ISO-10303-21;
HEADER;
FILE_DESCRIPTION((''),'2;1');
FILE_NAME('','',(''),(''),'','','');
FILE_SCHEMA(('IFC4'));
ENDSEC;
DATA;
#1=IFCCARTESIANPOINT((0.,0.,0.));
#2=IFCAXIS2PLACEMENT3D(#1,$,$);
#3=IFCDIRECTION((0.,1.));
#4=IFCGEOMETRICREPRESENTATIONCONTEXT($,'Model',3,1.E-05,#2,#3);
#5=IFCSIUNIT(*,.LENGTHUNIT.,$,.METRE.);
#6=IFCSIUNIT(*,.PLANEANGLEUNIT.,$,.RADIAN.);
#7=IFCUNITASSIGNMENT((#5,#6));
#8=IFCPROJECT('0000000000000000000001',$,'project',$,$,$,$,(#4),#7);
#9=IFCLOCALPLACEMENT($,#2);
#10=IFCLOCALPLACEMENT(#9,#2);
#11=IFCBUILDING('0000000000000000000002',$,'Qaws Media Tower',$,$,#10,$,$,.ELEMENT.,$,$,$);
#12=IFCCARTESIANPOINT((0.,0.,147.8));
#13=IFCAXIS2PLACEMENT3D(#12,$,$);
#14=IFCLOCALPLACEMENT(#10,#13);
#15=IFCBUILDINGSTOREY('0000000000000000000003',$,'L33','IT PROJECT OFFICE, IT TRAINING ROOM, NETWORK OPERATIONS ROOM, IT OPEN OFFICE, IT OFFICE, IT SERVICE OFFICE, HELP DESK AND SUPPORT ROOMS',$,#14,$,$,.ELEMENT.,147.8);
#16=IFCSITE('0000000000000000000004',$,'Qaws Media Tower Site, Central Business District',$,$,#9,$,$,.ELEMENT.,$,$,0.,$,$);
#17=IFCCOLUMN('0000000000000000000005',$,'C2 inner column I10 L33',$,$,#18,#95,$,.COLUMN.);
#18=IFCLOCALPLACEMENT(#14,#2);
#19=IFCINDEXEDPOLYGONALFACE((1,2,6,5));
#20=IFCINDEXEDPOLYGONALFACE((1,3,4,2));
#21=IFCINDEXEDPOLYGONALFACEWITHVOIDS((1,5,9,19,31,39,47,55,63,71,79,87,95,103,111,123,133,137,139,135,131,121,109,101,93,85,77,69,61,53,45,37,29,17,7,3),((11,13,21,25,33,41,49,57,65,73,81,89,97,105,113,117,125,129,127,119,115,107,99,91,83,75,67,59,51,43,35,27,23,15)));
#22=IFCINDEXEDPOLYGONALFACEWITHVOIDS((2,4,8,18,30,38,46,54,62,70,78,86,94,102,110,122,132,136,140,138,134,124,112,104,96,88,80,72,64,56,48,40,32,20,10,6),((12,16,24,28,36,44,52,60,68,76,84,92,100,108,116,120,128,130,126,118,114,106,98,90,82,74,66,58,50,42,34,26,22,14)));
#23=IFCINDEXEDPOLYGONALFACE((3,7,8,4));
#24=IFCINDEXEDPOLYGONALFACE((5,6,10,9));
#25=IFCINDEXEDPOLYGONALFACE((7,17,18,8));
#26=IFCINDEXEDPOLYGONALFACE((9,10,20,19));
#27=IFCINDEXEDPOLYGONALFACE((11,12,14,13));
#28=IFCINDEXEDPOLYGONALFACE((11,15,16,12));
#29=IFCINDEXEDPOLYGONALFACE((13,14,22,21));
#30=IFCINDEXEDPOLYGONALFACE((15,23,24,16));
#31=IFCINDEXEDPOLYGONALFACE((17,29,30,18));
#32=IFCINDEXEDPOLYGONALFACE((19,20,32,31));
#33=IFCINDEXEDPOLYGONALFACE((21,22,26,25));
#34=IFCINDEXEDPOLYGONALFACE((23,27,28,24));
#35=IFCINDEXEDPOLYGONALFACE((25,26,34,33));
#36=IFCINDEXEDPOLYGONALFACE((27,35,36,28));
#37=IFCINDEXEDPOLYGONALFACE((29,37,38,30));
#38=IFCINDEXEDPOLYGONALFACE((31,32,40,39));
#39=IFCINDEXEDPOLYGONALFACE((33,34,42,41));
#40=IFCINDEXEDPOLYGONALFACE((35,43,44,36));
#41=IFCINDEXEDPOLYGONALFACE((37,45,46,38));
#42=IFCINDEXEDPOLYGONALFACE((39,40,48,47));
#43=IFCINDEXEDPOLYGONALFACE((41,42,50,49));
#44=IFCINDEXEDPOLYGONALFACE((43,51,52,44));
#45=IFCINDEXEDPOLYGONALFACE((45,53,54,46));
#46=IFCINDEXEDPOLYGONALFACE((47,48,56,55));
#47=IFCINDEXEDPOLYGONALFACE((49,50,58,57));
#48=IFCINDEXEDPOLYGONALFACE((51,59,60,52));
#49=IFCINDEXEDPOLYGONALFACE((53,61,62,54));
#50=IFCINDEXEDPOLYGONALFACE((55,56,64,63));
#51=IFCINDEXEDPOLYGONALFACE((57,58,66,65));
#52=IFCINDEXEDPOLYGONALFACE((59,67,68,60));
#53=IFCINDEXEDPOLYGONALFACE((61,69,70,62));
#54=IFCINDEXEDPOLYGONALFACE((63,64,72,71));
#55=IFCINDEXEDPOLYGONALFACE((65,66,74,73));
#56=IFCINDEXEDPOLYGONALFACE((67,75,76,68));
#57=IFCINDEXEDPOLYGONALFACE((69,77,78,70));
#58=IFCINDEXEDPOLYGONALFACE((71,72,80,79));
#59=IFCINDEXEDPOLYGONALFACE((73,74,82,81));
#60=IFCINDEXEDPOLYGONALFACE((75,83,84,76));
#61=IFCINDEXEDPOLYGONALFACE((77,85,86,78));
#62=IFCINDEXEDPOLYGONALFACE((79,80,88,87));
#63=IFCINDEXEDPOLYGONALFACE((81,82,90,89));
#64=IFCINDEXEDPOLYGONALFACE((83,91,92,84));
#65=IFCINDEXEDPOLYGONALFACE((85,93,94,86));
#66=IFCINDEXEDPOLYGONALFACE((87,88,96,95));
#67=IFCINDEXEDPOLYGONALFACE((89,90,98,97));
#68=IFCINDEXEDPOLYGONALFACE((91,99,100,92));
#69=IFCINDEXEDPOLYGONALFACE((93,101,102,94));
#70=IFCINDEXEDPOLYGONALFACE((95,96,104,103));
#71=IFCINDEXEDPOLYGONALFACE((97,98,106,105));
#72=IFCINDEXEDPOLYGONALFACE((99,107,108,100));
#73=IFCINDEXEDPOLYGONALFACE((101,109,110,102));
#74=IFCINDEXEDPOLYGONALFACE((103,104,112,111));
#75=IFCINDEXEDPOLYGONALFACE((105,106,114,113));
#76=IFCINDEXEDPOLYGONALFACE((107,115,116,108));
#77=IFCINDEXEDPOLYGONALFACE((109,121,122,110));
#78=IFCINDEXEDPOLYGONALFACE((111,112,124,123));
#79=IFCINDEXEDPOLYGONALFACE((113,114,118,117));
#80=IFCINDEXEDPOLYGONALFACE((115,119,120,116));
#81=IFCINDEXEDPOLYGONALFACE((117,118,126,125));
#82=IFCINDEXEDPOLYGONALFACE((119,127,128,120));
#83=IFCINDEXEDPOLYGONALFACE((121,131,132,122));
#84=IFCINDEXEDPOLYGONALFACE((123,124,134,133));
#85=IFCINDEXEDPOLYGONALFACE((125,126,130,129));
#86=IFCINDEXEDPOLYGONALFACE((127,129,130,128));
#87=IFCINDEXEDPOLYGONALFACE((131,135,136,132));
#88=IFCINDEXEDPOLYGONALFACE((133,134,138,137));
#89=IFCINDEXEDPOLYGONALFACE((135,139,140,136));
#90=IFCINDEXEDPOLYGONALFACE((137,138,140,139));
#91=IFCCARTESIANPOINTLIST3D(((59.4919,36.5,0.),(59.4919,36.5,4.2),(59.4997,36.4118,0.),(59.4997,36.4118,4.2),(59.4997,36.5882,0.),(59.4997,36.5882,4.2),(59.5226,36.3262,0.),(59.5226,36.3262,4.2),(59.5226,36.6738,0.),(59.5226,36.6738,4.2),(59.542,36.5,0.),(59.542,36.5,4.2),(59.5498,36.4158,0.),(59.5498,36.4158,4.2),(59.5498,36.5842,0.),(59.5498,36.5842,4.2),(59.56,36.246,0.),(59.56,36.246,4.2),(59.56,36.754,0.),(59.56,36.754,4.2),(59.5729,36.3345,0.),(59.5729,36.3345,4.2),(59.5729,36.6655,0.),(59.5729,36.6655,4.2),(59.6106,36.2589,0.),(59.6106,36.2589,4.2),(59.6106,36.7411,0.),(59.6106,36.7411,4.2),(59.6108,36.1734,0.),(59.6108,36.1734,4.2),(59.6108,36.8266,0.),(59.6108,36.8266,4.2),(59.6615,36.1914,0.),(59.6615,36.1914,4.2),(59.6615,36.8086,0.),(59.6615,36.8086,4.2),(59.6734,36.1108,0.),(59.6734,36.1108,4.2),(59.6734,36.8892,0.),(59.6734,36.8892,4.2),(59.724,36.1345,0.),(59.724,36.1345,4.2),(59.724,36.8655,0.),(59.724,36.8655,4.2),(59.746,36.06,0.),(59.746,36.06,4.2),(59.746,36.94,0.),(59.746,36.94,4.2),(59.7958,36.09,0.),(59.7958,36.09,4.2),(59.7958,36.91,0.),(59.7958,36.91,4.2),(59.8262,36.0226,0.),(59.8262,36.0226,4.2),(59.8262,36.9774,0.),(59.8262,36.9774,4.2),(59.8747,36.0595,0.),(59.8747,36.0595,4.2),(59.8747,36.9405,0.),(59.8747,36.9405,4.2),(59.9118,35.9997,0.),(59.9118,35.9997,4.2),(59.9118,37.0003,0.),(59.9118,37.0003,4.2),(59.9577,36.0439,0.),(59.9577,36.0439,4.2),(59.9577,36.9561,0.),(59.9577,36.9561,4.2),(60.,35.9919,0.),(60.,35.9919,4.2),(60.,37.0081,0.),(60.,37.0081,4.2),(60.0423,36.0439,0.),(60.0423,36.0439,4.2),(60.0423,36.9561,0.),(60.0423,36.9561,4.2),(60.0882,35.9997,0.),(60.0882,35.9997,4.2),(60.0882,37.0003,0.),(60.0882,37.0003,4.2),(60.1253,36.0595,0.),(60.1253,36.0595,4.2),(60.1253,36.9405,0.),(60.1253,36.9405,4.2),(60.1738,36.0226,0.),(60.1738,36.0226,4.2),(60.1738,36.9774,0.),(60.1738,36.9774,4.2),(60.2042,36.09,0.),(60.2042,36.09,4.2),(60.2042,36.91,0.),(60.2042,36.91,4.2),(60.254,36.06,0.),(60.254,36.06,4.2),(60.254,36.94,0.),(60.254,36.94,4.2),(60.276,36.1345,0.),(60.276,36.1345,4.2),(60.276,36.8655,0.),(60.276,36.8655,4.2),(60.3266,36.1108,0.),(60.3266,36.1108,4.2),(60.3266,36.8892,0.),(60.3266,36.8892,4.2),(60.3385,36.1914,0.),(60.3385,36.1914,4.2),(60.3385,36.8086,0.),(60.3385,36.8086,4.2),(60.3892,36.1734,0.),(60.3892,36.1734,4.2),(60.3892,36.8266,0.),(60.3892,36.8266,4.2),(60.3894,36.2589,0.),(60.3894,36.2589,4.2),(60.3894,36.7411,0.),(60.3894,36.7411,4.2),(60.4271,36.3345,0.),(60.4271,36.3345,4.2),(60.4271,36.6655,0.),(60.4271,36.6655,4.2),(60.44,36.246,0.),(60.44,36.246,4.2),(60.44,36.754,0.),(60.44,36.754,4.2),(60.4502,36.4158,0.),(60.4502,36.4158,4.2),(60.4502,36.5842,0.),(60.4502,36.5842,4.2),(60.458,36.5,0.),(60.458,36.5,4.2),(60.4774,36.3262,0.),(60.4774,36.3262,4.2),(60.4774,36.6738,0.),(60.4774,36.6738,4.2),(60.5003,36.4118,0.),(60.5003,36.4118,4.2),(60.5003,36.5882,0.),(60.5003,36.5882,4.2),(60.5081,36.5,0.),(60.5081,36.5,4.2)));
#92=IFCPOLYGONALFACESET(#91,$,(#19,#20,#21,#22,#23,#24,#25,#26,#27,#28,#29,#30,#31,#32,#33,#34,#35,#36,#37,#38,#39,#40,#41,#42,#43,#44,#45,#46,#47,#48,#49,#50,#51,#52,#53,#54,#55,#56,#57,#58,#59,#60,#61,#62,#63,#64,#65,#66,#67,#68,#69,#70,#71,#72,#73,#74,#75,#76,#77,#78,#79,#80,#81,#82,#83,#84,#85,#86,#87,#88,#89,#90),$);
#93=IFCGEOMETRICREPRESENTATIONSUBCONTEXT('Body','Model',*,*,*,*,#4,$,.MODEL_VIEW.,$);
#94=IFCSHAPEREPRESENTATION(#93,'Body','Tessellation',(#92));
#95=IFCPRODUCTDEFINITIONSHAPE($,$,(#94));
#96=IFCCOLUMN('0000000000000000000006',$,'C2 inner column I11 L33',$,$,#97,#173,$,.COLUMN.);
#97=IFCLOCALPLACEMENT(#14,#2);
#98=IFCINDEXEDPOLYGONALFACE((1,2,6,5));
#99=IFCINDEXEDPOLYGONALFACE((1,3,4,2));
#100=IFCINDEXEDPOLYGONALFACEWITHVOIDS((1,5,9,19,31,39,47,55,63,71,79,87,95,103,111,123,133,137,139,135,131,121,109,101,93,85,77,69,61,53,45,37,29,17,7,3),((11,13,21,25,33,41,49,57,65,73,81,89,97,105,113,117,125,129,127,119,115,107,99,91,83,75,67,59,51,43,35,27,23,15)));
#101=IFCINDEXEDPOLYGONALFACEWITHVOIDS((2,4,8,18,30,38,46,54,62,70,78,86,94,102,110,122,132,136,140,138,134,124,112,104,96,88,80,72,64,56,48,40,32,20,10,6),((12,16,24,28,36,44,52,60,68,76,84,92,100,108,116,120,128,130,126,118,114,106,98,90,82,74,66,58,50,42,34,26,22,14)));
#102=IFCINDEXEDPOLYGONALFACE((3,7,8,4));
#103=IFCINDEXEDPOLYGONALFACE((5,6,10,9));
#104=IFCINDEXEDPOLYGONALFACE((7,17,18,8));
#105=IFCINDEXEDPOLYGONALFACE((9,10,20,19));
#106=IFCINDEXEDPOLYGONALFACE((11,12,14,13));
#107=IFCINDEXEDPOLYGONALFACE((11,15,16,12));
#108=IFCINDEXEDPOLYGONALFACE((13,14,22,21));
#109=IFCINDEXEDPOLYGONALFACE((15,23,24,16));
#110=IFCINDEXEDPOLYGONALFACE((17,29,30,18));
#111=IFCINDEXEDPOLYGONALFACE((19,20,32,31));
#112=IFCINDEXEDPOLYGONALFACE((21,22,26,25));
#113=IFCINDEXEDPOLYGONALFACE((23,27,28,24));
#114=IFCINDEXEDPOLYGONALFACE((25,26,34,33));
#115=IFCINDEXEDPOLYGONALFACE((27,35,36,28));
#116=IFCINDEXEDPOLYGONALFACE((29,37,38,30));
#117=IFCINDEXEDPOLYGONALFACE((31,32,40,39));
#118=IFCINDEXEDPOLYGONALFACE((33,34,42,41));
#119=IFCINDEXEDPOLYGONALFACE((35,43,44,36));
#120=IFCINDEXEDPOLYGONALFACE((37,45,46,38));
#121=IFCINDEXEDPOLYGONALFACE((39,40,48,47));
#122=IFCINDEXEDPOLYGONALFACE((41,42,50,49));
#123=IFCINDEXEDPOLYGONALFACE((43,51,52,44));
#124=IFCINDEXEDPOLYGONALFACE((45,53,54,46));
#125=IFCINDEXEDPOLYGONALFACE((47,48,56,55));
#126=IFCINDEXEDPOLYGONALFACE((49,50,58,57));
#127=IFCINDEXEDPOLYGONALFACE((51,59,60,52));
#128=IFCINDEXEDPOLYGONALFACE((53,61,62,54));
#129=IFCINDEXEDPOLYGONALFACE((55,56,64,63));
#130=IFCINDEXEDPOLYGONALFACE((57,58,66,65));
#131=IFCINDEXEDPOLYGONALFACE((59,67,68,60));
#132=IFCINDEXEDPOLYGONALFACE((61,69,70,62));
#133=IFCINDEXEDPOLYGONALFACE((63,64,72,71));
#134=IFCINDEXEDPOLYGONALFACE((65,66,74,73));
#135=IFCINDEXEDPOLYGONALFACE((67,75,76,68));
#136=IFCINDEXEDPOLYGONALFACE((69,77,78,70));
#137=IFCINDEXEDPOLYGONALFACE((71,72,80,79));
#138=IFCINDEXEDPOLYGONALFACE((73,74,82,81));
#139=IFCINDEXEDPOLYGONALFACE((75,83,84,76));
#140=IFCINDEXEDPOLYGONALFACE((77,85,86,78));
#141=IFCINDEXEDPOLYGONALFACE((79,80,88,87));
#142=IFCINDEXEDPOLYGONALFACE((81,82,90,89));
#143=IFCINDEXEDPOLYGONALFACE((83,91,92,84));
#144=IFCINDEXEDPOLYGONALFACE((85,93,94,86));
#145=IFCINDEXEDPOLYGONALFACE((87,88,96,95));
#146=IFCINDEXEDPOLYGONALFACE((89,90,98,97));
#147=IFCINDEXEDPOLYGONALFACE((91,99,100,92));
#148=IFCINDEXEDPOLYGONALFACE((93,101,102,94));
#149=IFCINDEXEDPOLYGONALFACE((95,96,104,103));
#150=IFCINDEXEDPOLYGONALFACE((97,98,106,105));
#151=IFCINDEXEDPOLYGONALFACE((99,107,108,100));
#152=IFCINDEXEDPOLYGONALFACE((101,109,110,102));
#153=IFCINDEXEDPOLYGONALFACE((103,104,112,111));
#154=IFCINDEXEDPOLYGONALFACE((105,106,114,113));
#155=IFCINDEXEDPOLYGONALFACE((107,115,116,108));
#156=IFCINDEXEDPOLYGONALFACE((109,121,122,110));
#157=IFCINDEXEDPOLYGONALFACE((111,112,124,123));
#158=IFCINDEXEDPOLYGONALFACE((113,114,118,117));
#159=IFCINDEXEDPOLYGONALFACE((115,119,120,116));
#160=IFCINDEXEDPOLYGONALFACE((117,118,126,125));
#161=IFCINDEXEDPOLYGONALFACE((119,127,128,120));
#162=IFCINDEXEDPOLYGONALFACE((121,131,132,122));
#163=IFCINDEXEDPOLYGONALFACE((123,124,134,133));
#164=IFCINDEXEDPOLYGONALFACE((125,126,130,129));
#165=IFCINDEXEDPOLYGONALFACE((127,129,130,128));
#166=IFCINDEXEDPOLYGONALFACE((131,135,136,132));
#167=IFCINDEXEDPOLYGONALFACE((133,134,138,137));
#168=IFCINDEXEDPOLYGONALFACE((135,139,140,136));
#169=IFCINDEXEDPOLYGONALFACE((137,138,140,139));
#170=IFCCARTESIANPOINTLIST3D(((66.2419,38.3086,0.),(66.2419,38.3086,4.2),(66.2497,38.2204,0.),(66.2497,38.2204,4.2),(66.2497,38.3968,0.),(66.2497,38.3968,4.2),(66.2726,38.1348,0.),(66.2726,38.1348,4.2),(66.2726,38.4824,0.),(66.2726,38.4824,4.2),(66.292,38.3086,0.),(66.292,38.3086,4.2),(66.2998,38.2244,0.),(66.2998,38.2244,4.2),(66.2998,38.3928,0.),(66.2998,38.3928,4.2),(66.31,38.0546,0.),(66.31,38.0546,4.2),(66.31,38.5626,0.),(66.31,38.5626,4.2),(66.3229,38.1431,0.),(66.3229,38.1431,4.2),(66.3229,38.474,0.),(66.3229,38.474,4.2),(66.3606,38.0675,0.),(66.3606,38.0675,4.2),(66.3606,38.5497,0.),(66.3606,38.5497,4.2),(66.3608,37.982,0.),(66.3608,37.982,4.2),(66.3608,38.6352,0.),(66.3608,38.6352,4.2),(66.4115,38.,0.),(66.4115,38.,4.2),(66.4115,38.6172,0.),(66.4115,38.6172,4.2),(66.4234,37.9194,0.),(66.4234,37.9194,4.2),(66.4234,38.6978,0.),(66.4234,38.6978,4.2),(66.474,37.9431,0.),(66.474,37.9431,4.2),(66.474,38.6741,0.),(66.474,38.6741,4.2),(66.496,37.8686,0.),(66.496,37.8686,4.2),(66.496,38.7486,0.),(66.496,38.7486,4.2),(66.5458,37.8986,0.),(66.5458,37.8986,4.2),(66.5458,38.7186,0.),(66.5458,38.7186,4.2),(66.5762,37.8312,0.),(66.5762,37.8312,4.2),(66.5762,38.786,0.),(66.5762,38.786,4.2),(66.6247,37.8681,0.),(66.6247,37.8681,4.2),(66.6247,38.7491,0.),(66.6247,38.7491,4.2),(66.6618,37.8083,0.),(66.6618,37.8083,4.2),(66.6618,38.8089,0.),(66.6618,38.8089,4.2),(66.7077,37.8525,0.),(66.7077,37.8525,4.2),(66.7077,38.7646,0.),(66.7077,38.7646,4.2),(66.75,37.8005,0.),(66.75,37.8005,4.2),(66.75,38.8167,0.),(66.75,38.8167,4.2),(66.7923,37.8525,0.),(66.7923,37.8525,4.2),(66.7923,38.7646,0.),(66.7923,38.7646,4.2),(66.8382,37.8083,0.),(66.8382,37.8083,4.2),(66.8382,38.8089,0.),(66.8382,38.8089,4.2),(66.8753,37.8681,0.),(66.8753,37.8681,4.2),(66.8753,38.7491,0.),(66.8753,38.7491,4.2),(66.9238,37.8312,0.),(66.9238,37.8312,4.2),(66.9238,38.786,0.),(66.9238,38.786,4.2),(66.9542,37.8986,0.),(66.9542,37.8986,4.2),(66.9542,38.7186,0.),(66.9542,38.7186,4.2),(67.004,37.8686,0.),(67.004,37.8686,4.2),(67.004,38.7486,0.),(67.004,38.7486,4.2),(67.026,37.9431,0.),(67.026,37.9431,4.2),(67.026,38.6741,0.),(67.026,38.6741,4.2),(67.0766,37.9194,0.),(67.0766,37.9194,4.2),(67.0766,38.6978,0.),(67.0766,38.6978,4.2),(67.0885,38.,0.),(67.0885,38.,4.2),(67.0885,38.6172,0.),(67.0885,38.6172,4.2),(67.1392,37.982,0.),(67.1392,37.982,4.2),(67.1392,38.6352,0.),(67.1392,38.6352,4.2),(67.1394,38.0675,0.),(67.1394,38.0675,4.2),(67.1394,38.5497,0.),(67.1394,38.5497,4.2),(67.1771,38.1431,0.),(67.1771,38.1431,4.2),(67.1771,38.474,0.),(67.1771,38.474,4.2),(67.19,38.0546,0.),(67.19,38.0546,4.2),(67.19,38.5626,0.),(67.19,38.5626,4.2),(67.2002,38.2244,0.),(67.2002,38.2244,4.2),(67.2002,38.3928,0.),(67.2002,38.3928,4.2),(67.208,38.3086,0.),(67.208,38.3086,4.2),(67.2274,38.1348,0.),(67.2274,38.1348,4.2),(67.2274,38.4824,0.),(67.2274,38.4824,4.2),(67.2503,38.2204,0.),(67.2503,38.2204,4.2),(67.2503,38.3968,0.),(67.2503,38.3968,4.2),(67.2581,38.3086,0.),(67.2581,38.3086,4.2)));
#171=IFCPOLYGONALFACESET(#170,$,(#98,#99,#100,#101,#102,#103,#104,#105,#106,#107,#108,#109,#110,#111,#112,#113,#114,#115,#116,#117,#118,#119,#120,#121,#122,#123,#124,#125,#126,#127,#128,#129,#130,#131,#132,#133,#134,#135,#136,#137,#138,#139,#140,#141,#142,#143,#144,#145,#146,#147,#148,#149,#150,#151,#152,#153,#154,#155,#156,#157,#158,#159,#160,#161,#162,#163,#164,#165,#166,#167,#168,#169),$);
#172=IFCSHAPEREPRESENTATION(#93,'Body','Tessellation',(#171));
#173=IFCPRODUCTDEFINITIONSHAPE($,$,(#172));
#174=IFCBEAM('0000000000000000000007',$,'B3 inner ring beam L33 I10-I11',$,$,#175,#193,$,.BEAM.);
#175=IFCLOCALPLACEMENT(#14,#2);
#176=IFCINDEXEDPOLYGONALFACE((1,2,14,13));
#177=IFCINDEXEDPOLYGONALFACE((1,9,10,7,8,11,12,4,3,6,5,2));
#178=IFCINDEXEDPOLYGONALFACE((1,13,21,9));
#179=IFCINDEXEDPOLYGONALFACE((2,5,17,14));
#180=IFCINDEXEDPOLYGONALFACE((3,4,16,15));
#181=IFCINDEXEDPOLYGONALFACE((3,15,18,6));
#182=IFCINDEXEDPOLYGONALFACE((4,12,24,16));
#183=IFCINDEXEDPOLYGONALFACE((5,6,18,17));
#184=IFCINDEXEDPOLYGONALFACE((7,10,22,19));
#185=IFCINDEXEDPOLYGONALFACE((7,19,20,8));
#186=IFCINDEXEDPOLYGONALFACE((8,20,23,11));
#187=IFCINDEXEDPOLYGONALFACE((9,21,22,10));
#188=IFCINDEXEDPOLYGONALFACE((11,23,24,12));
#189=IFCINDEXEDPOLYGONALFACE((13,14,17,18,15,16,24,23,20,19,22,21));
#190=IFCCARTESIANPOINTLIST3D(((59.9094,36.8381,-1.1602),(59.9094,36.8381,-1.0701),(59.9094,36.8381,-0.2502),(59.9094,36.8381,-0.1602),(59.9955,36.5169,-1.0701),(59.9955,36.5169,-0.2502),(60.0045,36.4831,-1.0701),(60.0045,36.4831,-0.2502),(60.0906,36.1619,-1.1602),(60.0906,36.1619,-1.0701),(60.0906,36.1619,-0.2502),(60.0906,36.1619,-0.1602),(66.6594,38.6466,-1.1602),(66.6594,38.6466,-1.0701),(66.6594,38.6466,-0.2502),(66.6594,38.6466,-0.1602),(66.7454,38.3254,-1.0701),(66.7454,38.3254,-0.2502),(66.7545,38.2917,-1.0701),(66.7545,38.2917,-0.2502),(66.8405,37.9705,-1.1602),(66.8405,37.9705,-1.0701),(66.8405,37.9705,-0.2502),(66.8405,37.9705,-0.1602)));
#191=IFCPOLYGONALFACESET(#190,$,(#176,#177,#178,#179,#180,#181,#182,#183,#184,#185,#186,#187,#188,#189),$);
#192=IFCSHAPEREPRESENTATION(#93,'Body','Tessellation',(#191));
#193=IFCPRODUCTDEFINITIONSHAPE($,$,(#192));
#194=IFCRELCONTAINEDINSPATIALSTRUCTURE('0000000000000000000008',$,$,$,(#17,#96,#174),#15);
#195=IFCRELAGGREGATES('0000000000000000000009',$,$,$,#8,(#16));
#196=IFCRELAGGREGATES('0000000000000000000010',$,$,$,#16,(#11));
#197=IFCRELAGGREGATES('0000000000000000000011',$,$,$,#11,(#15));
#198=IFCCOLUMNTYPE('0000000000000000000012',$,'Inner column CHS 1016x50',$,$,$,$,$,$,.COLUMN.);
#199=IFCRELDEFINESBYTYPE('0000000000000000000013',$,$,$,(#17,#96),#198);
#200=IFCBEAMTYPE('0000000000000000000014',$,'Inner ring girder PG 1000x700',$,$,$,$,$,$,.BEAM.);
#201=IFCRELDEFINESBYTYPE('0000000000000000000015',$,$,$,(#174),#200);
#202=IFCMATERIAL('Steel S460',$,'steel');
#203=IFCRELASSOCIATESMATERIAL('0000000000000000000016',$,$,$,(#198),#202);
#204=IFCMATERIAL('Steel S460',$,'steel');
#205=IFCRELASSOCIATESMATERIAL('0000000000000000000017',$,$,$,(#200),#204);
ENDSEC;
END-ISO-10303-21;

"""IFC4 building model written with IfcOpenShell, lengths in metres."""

from ifc_helpers import new_model, si_unit, direction, frame, origin, origin_2d, place, context, subcontext, project, spatial, hollow_circle, i_section, extrude, material, material_profile, profile_set, type_object, element, save


model = new_model("IFC4")

# Units and contexts
model_context = context("Model", 3, precision=1e-05, world=origin(), true_north=direction((0.0, 1.0)))
body_context = subcontext(model_context, "Body", "Model", "MODEL_VIEW")
ifc_project = project(units=[si_unit("LENGTHUNIT", "METRE"), si_unit("PLANEANGLEUNIT", "RADIAN")], contexts=[model_context])

# Site, building, storey
site_placement = place(None, origin())
site = spatial("IfcSite", under=ifc_project, at=site_placement, Name="Qaws Media Tower Site, Central Business District", CompositionType="ELEMENT", RefElevation=0.0)
building_placement = place(site_placement, origin())
building = spatial("IfcBuilding", under=site, at=building_placement, Name="Qaws Media Tower", CompositionType="ELEMENT")
storey_placement = place(building_placement, frame((0.0, 0.0, 147.8)))
storey = spatial("IfcBuildingStorey", under=building, at=storey_placement, Name="L33", Description="IT PROJECT OFFICE, IT TRAINING ROOM, NETWORK OPERATIONS ROOM, IT OPEN OFFICE, IT OFFICE, IT SERVICE OFFICE, HELP DESK AND SUPPORT ROOMS", CompositionType="ELEMENT", Elevation=147.8)

# Columns
ifc_material_1 = material(Name="Steel S460", Category="steel")
ifc_material_profile_1 = material_profile(ifc_material_1, hollow_circle(Radius=0.5081, WallThickness=0.05, at=origin_2d()), Name="CHS 1016x50")
ifc_profile_set_1 = profile_set([ifc_material_profile_1], Name="Steel S460")
column_type = type_object("IfcColumnType", Name="Inner column CHS 1016x50", PredefinedType="COLUMN", material=ifc_profile_set_1)
for number, where, z_axis, x_axis, name in (
    (1, (60.0, 36.5, 0.0), (0.0, 0.0, 1.0), (1.0, 0.0, 0.0), "C2 inner column I10 L33"),
    (2, (66.75, 38.3086, 0.0), (0.0, 0.0, 1.0), (1.0, 0.0, 0.0), "C2 inner column I11 L33"),
):
    element("IfcColumn", number, at=place(storey_placement, frame(where, z_axis=z_axis, x_axis=x_axis)), inside=storey, type_object=column_type, Name=name, PredefinedType="COLUMN", context=body_context, shape_type="SweptSolid", body=[
        extrude(hollow_circle(Radius=0.5081, WallThickness=0.05, at=origin_2d()), origin(), (0.0, 0.0, 1.0), 4.2),
    ])

# Beam
ifc_material_2 = material(Name="Steel S460", Category="steel")
ifc_material_profile_2 = material_profile(ifc_material_2, i_section(OverallWidth=0.7, OverallDepth=1.0, WebThickness=0.0349, FlangeThickness=0.0901, at=origin_2d()), Name="PG 1000x700")
ifc_profile_set_2 = profile_set([ifc_material_profile_2], Name="Steel S460")
beam_type_1 = type_object("IfcBeamType", Name="Inner ring girder PG 1000x700", PredefinedType="BEAM", material=ifc_profile_set_2)
beam_1_placement = place(storey_placement, frame((60.0, 36.5, -0.6602), z_axis=(0.965928, 0.258811, 0.0), x_axis=(-0.258811, 0.965928, 0.0)))
element("IfcBeam", 3, at=beam_1_placement, inside=storey, type_object=beam_type_1, Name="B3 inner ring beam L33 I10-I11", PredefinedType="BEAM", context=body_context, shape_type="SweptSolid", body=[
    extrude(i_section(OverallWidth=0.7, OverallDepth=1.0, WebThickness=0.0349, FlangeThickness=0.0901, at=origin_2d()), origin(), (0.0, 0.0, 1.0), 6.988),
])

save(model, "model.ifc")
